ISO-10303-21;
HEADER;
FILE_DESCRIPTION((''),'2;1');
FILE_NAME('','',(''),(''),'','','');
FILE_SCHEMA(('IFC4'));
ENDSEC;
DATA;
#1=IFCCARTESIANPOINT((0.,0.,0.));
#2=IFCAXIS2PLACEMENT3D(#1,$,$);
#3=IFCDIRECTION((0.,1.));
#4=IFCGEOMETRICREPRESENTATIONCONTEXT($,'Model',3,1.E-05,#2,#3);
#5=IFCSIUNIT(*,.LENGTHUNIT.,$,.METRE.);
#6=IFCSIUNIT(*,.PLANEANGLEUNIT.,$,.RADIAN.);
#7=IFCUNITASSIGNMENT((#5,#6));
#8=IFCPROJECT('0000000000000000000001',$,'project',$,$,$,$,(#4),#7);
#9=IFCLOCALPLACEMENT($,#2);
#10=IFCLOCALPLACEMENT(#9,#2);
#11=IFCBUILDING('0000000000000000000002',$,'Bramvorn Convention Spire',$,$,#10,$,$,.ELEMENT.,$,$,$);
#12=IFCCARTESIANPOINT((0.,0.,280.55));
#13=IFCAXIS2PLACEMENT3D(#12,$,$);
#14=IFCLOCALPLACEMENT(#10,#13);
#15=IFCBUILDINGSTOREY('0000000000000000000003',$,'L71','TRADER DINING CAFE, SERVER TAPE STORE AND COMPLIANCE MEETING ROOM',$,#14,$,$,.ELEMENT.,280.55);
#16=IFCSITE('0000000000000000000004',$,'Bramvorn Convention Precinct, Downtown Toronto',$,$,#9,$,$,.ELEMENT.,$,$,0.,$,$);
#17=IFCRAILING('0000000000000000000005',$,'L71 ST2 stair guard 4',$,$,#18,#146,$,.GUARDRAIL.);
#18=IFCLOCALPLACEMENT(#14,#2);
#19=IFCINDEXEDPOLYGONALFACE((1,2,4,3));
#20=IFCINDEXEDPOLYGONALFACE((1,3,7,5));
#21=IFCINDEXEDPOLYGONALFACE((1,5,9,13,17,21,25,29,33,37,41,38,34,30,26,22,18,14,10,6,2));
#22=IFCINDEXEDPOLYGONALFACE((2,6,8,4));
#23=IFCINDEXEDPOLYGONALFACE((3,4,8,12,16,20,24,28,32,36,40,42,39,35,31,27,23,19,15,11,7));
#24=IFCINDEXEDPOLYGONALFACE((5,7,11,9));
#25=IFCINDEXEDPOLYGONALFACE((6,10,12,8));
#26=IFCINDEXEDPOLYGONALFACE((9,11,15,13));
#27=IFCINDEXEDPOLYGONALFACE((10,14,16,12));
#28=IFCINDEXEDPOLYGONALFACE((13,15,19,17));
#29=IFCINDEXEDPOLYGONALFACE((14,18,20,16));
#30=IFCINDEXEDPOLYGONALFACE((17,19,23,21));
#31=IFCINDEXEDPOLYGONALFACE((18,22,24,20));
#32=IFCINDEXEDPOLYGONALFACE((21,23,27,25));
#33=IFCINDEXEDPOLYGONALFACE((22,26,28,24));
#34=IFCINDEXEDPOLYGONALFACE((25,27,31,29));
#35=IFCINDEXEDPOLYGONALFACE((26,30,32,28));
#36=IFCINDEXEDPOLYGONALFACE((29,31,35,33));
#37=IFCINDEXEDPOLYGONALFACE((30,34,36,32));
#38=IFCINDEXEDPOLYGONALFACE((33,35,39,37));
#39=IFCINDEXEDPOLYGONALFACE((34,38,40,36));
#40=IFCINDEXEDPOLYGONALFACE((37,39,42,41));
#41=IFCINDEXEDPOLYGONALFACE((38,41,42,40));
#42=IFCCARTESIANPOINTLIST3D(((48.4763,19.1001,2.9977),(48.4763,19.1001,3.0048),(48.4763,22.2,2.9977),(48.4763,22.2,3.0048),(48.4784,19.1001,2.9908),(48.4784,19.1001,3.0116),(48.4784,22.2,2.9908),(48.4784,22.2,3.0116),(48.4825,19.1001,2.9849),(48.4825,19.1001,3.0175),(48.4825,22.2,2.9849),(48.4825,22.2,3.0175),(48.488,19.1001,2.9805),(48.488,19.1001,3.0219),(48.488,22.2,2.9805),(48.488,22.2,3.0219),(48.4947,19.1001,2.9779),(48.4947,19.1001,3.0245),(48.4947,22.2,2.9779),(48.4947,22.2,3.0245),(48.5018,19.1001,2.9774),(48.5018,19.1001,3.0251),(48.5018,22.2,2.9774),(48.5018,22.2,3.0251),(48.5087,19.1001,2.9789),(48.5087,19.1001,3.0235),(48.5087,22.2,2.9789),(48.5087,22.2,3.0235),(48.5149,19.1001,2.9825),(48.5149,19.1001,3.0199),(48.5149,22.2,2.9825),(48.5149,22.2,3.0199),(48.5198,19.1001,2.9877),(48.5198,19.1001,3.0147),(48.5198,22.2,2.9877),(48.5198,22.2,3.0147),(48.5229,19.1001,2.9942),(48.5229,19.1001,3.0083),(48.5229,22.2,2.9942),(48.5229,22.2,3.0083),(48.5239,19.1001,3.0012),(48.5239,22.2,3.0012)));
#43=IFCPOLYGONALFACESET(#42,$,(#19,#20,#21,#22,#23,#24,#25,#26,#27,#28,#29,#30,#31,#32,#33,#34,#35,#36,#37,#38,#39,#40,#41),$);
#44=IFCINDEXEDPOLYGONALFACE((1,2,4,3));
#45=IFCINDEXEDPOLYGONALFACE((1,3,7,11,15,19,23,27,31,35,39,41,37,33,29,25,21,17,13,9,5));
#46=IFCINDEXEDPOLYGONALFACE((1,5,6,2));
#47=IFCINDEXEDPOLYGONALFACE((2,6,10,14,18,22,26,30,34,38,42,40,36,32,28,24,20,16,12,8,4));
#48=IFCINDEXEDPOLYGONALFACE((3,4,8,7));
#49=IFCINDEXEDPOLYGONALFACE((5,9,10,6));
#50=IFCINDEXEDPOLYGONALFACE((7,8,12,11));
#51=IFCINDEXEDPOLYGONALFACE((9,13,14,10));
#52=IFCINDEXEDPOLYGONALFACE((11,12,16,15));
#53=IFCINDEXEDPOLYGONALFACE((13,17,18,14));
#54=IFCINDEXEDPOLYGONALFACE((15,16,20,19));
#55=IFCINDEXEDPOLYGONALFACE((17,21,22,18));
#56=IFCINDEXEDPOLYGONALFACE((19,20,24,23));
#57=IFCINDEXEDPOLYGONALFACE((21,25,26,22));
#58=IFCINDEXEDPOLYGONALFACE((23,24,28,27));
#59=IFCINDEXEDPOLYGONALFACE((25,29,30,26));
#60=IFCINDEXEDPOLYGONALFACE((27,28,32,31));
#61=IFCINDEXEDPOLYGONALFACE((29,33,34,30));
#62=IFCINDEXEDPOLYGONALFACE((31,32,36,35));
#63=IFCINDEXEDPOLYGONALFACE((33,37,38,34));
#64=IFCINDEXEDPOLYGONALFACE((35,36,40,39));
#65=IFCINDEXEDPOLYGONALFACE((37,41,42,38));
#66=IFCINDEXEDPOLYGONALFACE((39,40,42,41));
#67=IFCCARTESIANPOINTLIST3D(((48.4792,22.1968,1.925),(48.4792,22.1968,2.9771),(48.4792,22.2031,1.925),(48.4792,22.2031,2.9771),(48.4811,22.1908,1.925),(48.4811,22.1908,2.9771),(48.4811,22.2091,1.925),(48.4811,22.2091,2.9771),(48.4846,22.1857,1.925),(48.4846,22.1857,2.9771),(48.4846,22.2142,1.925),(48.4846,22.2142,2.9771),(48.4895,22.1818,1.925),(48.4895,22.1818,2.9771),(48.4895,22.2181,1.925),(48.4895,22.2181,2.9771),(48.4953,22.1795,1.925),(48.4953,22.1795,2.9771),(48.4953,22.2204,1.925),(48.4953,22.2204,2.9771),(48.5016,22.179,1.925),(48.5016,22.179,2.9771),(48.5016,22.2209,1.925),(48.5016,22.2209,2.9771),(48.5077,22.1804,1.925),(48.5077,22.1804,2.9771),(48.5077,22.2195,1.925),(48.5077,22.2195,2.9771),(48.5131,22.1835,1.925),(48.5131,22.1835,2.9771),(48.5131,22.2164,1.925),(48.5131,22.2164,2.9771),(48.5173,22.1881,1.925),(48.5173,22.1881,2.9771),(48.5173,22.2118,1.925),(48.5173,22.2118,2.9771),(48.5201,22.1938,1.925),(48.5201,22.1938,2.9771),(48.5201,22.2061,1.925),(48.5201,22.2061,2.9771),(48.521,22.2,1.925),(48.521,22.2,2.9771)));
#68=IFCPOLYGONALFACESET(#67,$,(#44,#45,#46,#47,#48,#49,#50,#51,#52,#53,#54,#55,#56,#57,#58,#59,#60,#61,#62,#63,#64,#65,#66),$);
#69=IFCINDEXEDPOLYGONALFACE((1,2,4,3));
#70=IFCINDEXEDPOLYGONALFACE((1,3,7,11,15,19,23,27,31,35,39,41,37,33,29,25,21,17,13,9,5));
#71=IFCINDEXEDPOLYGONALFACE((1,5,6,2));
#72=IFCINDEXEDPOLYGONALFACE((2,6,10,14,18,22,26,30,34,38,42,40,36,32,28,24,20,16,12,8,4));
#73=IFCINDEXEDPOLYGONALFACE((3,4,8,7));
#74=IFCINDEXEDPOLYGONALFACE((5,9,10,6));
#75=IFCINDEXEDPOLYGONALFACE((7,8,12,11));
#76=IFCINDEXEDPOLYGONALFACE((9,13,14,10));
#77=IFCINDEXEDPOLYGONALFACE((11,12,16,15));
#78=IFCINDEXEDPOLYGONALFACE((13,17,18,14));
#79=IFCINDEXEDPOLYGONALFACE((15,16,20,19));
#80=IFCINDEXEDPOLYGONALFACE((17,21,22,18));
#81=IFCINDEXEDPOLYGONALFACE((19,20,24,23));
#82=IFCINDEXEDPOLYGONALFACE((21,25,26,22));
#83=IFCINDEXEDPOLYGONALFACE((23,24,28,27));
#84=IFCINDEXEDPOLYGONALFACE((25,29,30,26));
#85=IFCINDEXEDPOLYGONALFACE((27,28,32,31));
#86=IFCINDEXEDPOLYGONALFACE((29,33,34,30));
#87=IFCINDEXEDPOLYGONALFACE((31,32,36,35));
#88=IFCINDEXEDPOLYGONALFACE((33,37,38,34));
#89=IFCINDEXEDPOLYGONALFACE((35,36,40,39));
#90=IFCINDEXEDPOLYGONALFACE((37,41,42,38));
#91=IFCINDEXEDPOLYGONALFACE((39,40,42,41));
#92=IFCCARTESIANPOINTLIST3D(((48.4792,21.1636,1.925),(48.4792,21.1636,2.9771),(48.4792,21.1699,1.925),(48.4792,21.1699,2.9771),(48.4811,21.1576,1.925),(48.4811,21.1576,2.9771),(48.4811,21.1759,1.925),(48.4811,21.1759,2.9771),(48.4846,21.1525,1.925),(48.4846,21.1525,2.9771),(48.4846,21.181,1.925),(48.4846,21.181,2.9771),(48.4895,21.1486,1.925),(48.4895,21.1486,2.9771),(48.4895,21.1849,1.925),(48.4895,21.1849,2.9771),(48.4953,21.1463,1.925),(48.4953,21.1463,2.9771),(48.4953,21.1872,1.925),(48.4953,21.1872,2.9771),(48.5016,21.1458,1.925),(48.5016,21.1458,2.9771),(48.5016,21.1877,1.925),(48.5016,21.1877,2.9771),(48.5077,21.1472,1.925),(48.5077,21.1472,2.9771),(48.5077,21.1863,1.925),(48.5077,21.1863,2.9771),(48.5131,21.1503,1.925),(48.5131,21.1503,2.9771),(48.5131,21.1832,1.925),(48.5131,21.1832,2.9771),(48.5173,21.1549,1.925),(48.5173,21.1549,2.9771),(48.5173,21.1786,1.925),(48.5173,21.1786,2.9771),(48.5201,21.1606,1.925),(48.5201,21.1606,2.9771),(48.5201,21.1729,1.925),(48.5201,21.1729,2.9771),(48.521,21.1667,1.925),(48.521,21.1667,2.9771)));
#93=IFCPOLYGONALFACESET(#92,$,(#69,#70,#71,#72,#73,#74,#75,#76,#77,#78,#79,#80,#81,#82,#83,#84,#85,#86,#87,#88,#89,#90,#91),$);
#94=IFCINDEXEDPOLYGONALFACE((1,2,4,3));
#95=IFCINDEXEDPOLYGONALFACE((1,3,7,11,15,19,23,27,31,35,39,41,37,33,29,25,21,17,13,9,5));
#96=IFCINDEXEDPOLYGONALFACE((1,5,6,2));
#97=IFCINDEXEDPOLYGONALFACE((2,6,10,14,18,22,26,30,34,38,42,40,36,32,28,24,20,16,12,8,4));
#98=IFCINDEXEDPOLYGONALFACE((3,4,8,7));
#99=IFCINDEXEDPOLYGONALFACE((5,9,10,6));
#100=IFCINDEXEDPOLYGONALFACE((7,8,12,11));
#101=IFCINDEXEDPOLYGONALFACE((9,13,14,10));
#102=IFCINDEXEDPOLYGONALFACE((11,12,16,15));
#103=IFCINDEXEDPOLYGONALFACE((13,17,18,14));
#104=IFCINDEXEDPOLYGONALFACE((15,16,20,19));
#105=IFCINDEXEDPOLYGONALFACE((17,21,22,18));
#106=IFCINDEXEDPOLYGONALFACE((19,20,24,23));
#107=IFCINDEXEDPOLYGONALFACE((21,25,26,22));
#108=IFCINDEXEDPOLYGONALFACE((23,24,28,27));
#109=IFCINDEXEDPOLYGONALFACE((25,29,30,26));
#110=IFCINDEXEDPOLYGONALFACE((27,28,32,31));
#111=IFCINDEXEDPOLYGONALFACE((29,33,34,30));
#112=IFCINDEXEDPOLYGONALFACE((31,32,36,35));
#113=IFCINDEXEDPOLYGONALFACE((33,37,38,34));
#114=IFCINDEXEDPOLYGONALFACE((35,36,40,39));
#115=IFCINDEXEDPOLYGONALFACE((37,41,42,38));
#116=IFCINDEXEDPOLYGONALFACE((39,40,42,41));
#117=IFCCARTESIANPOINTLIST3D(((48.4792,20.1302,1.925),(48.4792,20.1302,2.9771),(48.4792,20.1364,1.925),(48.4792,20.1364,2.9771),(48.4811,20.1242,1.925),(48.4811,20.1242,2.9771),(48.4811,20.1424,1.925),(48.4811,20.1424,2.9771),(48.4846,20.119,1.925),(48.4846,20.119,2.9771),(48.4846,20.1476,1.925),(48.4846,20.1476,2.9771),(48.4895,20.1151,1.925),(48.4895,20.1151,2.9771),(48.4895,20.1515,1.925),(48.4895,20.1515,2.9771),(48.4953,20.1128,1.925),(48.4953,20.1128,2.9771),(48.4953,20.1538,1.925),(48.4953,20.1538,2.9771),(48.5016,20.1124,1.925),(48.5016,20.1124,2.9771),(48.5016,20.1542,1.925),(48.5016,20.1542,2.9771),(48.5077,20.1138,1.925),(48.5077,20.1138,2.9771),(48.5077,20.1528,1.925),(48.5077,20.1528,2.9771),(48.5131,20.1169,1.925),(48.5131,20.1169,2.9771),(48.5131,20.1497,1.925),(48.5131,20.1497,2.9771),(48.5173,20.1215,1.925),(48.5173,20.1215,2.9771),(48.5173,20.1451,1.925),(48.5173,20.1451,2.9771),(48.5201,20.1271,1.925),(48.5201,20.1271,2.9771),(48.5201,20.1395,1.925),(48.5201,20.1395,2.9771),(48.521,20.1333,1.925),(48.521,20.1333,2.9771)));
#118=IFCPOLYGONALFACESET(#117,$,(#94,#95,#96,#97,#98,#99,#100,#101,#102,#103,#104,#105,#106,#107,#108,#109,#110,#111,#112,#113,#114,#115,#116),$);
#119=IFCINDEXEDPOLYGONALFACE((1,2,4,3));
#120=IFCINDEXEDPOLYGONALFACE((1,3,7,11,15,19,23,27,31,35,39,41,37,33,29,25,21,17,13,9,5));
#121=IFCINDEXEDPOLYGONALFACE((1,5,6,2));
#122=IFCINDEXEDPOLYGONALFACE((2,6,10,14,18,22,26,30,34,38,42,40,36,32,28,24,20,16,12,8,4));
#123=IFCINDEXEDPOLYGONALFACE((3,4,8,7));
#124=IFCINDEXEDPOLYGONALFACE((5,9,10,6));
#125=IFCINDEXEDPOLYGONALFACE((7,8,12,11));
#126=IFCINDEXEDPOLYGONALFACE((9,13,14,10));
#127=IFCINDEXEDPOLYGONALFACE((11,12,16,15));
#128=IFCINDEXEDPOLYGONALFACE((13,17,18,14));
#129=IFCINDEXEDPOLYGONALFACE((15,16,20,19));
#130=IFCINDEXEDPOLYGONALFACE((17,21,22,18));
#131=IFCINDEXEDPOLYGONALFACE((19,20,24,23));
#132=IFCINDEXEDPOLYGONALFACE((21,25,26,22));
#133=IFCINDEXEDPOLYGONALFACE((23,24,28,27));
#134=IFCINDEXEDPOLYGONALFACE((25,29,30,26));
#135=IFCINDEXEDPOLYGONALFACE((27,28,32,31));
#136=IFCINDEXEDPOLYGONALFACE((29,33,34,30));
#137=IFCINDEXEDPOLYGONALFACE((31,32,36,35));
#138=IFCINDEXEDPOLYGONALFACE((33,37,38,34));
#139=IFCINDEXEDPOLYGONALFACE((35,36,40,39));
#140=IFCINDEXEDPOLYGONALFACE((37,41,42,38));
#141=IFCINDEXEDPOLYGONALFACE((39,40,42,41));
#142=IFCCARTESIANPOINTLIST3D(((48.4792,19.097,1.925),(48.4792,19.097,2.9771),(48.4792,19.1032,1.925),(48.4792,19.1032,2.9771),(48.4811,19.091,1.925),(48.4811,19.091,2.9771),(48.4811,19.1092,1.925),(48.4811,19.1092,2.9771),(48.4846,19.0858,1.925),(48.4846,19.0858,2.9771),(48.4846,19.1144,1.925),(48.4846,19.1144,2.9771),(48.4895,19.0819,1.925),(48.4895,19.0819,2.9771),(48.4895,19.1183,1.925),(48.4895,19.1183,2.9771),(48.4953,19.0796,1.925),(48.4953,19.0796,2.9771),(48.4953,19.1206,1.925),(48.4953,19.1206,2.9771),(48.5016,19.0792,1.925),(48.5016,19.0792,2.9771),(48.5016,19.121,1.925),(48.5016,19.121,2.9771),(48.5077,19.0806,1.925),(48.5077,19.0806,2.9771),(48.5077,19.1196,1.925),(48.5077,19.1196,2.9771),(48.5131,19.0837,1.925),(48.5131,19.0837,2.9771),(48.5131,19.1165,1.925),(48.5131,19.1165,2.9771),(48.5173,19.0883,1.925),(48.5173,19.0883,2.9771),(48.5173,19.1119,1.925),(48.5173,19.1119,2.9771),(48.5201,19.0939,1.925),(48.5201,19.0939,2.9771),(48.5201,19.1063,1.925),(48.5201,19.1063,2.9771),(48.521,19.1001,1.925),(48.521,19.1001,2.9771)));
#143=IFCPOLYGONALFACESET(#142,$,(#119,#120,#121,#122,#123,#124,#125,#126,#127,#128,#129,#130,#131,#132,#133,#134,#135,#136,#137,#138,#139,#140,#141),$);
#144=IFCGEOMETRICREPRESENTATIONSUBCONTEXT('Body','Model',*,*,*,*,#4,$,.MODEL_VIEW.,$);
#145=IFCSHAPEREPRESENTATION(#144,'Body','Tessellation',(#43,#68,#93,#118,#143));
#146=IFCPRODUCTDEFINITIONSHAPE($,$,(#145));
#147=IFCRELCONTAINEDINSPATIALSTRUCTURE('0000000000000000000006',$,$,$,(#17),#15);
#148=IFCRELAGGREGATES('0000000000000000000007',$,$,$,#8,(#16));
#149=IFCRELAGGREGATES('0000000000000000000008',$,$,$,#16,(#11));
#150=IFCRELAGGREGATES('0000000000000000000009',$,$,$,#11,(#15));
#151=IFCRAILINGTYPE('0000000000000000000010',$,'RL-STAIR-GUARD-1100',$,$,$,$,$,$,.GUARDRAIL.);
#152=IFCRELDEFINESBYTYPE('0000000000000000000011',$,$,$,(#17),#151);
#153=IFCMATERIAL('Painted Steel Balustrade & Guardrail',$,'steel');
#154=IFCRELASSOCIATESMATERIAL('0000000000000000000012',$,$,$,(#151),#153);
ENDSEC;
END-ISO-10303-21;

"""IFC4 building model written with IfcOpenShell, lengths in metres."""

from ifc_helpers import new_model, si_unit, direction, frame, origin, origin_2d, place, context, subcontext, project, spatial, circle, extrude, material, type_object, element, save


model = new_model("IFC4")

# Units and contexts
model_context = context("Model", 3, precision=1e-05, world=origin(), true_north=direction((0.0, 1.0)))
body_context = subcontext(model_context, "Body", "Model", "MODEL_VIEW")
ifc_project = project(units=[si_unit("LENGTHUNIT", "METRE"), si_unit("PLANEANGLEUNIT", "RADIAN")], contexts=[model_context])

# Site, building, storey
site_placement = place(None, origin())
site = spatial("IfcSite", under=ifc_project, at=site_placement, Name="Bramvorn Convention Precinct, Downtown Toronto", CompositionType="ELEMENT", RefElevation=0.0)
building_placement = place(site_placement, origin())
building = spatial("IfcBuilding", under=site, at=building_placement, Name="Bramvorn Convention Spire", CompositionType="ELEMENT")
storey_placement = place(building_placement, frame((0.0, 0.0, 280.55)))
storey = spatial("IfcBuildingStorey", under=building, at=storey_placement, Name="L71", Description="TRADER DINING CAFE, SERVER TAPE STORE AND COMPLIANCE MEETING ROOM", CompositionType="ELEMENT", Elevation=280.55)

# Railing
ifc_material_1 = material(Name="Painted Steel Balustrade & Guardrail", Category="steel")
railing_type_1 = type_object("IfcRailingType", Name="RL-STAIR-GUARD-1100", PredefinedType="GUARDRAIL", material=ifc_material_1)
railing_1_placement = place(storey_placement, frame((48.5, 22.2, 1.925)))
element("IfcRailing", 1, at=railing_1_placement, inside=storey, type_object=railing_type_1, Name="L71 ST2 stair guard 4", PredefinedType="GUARDRAIL", context=body_context, shape_type="SweptSolid", body=[
    extrude(circle(Radius=0.0239, at=origin_2d()), frame((0.0, 0.0, 1.0762), z_axis=(0.0, -1.0, 0.0), x_axis=(1.0, 0.0, 0.0)), (0.0, 0.0, 1.0), 3.0999),
    extrude(circle(Radius=0.021, at=origin_2d()), origin(), (0.0, 0.0, 1.0), 1.052),
    extrude(circle(Radius=0.021, at=origin_2d()), frame((0.0, -1.0332, 0.0)), (0.0, 0.0, 1.0), 1.052),
    extrude(circle(Radius=0.021, at=origin_2d()), frame((0.0, -2.0667, 0.0)), (0.0, 0.0, 1.0), 1.052),
    extrude(circle(Radius=0.021, at=origin_2d()), frame((0.0, -3.0999, 0.0)), (0.0, 0.0, 1.0), 1.052),
])

save(model, "model.ifc")
